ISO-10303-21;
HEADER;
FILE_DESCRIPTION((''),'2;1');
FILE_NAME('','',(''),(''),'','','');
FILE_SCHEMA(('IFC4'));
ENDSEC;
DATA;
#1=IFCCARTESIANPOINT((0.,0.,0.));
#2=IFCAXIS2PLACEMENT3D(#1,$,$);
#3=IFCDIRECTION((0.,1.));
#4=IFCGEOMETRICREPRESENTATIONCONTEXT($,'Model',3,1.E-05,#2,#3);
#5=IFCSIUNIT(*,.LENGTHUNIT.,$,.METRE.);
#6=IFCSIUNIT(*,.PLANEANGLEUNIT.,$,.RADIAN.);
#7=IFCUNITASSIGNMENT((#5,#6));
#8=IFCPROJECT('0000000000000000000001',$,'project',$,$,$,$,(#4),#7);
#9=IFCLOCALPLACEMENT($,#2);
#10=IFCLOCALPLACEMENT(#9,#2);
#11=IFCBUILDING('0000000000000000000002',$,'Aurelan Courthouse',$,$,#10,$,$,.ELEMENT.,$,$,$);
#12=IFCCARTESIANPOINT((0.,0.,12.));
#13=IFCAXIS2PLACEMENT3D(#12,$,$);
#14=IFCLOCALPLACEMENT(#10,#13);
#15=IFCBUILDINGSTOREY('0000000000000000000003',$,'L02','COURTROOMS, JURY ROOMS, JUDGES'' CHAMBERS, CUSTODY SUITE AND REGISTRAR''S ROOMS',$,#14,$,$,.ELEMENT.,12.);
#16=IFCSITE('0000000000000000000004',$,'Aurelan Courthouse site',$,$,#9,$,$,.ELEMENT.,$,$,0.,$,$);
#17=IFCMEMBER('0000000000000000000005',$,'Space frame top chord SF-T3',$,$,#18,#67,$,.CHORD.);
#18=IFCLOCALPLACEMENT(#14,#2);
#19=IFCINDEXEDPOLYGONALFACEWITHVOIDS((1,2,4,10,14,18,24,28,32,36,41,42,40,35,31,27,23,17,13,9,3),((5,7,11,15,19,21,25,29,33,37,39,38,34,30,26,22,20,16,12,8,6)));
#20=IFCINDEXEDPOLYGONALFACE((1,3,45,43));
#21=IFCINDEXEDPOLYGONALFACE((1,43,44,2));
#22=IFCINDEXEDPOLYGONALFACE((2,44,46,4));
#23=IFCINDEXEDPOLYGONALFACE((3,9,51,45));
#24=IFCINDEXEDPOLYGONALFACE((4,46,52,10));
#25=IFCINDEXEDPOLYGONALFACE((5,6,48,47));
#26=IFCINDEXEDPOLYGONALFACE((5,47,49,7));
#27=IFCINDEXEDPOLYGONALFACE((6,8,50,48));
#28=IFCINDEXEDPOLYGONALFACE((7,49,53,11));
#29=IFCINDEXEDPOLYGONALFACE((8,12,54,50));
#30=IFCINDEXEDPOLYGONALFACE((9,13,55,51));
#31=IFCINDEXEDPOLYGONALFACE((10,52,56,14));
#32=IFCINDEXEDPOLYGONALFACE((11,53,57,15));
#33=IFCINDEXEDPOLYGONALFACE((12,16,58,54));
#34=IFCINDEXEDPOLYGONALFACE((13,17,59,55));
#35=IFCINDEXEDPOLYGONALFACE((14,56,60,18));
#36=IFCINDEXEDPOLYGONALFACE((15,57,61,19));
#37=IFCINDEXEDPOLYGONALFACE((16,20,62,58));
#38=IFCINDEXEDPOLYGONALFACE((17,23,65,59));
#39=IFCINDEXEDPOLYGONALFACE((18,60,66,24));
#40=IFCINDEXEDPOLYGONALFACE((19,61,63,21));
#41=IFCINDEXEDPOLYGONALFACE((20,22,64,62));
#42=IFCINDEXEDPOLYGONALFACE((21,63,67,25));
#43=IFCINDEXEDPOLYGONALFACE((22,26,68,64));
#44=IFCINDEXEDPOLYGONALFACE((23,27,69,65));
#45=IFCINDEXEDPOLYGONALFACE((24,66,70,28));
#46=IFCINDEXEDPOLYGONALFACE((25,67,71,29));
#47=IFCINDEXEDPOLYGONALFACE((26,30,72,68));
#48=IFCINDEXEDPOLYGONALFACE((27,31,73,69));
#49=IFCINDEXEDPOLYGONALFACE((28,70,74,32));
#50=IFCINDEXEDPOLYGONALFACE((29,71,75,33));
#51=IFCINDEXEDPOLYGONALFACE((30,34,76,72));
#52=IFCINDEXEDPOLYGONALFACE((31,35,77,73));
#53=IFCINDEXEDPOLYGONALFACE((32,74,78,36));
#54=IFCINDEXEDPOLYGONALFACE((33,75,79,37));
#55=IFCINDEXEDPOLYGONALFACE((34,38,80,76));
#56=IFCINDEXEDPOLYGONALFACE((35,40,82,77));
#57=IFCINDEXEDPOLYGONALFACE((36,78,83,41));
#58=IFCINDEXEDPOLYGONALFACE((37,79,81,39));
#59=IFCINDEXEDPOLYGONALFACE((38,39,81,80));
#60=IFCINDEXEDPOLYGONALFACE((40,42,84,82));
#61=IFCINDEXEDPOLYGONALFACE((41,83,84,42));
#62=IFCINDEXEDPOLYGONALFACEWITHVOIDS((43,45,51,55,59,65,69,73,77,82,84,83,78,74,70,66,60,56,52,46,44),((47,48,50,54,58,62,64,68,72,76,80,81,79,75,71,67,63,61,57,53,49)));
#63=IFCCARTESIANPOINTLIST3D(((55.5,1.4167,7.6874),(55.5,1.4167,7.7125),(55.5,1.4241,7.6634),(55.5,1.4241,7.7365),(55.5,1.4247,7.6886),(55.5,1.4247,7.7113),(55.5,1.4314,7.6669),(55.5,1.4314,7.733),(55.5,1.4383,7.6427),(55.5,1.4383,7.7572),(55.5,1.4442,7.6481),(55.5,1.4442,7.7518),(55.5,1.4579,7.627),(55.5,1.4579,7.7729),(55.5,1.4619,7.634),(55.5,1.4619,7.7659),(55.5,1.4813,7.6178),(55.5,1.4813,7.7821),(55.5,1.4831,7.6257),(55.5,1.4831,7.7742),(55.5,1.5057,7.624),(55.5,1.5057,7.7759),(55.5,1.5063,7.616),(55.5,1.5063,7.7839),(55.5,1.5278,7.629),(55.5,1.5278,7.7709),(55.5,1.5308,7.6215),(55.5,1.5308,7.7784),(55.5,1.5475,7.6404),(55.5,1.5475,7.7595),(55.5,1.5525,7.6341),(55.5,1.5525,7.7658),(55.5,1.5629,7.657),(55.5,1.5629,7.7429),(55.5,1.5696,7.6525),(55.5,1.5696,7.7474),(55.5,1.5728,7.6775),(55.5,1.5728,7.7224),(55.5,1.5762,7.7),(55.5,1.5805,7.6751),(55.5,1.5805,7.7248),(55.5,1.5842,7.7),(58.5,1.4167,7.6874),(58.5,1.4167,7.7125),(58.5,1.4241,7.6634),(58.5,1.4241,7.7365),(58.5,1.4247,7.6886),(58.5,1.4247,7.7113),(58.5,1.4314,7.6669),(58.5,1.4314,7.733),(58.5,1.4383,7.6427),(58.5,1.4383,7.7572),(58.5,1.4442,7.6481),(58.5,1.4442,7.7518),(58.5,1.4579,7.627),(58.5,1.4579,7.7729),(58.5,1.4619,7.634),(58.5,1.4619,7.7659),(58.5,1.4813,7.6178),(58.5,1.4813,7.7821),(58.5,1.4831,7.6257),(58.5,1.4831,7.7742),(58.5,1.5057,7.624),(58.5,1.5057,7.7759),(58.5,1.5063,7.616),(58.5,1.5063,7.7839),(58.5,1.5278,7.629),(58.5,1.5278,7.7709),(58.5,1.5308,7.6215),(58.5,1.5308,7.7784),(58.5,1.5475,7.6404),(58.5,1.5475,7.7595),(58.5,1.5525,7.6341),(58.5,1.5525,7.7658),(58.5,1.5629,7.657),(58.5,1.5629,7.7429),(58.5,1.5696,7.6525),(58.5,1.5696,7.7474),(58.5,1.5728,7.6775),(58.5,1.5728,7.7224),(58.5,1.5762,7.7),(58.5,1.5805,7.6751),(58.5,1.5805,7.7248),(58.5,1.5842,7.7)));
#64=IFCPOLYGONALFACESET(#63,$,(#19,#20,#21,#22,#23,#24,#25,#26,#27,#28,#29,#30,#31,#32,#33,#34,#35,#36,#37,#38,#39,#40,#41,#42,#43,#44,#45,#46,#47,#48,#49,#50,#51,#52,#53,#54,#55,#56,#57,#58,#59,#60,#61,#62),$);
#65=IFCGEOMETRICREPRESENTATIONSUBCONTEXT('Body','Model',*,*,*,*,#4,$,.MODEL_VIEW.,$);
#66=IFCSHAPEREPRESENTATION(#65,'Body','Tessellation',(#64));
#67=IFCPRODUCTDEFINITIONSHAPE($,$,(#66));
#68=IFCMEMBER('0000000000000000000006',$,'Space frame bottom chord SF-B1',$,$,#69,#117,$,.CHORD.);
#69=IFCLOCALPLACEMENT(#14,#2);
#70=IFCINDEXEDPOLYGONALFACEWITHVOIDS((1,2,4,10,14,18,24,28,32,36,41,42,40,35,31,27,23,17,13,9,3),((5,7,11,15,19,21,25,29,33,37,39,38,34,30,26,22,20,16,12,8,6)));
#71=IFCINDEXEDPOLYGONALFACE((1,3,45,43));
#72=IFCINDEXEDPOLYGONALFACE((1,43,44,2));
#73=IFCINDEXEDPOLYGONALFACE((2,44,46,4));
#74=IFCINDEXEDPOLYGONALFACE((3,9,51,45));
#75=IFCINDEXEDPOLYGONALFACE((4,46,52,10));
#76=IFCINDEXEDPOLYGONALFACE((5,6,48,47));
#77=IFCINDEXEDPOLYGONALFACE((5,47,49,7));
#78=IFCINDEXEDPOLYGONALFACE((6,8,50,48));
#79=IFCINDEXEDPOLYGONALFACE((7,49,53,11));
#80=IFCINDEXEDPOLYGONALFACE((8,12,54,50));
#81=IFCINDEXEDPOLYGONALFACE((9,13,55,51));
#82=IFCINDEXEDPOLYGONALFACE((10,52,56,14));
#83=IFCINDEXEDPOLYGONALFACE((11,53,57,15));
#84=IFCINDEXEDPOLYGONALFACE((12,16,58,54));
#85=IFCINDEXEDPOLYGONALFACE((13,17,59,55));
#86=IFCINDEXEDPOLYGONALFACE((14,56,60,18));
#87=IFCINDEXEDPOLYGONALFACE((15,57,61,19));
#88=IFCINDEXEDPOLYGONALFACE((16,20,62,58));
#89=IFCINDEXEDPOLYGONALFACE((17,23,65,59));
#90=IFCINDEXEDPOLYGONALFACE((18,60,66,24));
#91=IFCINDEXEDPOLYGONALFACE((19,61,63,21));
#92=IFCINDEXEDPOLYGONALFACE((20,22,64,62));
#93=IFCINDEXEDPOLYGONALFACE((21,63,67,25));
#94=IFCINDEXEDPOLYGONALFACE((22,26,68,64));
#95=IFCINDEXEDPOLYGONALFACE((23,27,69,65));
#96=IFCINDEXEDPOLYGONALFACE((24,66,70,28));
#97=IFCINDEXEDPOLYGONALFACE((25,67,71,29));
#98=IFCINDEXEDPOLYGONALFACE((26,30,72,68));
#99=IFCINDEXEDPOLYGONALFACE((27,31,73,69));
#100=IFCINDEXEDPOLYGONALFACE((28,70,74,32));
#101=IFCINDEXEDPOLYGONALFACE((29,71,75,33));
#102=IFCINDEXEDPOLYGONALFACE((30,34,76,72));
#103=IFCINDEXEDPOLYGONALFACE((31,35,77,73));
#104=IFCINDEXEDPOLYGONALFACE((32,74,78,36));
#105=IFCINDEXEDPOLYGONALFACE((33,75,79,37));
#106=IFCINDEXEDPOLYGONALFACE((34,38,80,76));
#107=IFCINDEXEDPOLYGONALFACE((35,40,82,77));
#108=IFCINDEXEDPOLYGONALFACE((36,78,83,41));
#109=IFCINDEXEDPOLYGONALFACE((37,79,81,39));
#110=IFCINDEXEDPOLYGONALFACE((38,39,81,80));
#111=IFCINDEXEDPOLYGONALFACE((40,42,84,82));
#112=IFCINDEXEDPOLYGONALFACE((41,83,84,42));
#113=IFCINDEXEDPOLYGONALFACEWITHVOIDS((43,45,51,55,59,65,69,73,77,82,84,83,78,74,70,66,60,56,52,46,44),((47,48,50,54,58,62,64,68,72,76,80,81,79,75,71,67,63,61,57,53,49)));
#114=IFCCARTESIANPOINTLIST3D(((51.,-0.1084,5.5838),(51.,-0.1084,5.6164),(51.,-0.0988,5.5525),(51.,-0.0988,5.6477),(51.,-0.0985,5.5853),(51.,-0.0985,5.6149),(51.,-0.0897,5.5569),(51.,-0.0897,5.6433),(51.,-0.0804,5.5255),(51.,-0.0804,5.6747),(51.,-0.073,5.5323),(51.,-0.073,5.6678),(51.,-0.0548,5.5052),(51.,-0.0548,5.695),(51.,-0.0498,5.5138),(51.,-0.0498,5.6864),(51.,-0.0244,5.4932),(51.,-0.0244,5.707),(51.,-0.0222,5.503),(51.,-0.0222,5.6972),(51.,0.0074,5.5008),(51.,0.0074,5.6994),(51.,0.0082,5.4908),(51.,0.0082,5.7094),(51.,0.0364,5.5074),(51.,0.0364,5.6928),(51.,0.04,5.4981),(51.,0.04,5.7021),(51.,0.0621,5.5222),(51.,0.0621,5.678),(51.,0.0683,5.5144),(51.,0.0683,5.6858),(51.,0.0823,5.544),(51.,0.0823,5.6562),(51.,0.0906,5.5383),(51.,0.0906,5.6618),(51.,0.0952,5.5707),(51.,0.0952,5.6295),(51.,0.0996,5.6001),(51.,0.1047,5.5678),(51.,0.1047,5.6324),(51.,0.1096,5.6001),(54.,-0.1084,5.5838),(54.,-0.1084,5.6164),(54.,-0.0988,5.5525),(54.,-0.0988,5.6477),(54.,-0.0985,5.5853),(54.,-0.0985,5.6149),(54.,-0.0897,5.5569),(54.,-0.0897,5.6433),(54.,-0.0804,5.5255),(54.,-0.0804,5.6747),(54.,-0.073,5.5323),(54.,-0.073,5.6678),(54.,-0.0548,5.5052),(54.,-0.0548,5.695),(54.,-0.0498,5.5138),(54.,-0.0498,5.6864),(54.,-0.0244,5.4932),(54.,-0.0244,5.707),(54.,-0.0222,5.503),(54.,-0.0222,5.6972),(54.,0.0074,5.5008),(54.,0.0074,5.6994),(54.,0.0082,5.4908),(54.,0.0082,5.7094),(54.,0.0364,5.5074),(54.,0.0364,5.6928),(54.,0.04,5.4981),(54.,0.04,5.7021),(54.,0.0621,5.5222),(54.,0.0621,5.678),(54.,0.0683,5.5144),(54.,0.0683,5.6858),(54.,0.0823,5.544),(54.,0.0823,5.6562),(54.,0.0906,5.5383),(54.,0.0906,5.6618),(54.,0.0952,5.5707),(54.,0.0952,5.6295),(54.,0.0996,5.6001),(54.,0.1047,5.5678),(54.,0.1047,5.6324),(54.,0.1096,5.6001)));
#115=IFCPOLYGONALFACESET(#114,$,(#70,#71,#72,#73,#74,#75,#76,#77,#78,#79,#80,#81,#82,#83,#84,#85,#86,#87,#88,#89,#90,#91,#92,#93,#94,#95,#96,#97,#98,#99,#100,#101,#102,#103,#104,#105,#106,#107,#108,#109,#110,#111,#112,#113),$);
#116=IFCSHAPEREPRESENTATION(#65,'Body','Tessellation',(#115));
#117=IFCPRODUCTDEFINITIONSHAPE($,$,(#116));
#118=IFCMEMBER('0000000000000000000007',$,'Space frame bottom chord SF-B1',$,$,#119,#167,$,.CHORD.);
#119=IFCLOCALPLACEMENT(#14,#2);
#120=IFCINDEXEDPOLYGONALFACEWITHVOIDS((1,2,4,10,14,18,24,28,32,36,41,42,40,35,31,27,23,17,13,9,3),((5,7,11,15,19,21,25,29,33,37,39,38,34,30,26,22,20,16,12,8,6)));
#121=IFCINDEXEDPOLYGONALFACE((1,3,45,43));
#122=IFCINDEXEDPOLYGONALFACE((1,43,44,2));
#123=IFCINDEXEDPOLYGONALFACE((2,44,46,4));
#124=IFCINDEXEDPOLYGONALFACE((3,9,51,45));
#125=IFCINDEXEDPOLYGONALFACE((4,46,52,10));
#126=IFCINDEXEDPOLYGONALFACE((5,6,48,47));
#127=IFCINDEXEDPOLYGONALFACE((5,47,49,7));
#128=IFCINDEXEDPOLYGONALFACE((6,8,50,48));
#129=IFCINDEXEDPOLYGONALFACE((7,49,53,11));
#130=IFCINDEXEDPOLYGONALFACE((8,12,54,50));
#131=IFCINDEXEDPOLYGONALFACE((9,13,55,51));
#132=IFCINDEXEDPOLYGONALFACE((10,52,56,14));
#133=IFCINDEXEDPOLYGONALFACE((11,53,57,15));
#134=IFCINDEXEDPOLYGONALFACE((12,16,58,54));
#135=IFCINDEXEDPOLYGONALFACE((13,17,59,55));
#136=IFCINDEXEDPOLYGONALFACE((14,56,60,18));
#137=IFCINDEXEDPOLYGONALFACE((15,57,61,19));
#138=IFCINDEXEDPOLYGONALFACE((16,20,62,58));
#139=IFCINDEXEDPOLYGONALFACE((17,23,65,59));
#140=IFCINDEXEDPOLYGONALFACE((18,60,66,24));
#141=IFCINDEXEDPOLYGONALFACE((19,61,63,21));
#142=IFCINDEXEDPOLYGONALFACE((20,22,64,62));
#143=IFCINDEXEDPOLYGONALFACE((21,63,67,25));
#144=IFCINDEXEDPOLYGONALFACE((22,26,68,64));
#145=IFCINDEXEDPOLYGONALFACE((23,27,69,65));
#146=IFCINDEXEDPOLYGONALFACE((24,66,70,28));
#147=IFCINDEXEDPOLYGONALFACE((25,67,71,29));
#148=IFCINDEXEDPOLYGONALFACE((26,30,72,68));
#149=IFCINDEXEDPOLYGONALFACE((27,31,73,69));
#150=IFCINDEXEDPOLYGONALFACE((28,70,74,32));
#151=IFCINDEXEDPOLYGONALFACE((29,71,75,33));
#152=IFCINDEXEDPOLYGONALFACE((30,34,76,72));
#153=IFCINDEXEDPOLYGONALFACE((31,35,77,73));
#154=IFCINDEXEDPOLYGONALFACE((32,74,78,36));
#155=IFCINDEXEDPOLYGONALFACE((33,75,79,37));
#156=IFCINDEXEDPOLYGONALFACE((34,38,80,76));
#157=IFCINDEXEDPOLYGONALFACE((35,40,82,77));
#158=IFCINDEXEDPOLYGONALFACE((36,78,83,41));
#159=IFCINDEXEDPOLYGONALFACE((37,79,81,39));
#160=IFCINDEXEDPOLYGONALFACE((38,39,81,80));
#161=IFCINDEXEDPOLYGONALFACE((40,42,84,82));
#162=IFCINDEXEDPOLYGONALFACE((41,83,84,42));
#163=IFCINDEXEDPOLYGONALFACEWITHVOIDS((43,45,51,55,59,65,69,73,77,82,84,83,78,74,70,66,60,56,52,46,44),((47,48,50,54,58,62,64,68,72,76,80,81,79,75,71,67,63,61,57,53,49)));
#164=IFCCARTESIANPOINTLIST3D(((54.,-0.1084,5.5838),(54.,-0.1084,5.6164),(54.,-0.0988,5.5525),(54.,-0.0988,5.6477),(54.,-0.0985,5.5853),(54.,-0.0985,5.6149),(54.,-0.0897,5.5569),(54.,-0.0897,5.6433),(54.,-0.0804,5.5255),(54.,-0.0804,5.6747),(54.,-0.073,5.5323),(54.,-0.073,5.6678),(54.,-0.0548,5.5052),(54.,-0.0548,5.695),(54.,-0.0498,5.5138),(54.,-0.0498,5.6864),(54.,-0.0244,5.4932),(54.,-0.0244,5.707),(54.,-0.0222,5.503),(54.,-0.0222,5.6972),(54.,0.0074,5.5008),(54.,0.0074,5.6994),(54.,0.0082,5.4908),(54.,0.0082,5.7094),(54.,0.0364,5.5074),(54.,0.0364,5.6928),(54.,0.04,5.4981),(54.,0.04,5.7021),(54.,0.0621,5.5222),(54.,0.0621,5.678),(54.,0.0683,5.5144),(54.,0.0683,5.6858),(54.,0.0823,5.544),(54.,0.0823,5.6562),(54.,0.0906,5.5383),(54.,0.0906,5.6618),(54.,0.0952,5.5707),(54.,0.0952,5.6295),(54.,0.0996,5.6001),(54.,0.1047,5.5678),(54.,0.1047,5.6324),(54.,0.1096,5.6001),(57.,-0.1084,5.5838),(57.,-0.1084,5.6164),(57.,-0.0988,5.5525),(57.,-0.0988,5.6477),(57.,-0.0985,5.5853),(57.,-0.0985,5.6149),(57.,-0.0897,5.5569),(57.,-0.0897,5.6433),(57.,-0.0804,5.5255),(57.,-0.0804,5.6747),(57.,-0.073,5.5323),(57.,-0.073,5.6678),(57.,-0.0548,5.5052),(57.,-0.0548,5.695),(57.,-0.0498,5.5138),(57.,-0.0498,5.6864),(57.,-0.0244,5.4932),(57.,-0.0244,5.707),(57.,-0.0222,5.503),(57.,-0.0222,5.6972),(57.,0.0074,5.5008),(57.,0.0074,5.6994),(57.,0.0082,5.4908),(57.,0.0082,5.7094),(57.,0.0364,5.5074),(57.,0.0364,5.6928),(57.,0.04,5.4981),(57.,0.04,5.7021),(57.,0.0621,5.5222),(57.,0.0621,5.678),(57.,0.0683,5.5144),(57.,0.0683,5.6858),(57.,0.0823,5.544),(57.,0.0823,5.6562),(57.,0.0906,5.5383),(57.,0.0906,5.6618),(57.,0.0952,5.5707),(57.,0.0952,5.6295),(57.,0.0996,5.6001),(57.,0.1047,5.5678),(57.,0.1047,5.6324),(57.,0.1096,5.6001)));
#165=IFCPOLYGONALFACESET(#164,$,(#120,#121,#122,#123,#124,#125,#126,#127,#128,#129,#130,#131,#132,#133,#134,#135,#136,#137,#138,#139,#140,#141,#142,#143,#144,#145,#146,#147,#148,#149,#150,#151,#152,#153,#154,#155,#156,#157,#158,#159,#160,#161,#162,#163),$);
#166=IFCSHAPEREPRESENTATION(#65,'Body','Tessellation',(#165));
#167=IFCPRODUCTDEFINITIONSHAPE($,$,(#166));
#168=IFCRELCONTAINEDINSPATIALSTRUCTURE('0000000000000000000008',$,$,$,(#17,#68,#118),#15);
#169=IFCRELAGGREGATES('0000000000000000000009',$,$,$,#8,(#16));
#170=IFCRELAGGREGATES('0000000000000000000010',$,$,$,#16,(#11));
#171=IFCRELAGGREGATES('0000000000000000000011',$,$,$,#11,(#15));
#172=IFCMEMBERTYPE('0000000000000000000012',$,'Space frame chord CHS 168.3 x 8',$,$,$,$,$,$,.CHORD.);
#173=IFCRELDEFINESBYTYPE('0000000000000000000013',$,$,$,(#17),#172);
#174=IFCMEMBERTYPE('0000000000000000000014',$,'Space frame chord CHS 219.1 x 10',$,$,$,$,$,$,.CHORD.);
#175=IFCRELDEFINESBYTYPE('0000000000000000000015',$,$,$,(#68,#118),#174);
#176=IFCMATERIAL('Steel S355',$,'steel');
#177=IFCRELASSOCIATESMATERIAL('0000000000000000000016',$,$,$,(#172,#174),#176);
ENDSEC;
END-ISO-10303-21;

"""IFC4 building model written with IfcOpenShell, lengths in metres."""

from ifc_helpers import new_model, si_unit, direction, frame, origin, origin_2d, place, context, subcontext, project, spatial, hollow_circle, extrude, material, material_profile, profile_set, type_object, element, save


model = new_model("IFC4")

# Units and contexts
model_context = context("Model", 3, precision=1e-05, world=origin(), true_north=direction((0.0, 1.0)))
body_context = subcontext(model_context, "Body", "Model", "MODEL_VIEW")
ifc_project = project(units=[si_unit("LENGTHUNIT", "METRE"), si_unit("PLANEANGLEUNIT", "RADIAN")], contexts=[model_context])

# Site, building, storey
site_placement = place(None, origin())
site = spatial("IfcSite", under=ifc_project, at=site_placement, Name="Aurelan Courthouse site", CompositionType="ELEMENT", RefElevation=0.0)
building_placement = place(site_placement, origin())
building = spatial("IfcBuilding", under=site, at=building_placement, Name="Aurelan Courthouse", CompositionType="ELEMENT")
storey_placement = place(building_placement, frame((0.0, 0.0, 12.0)))
storey = spatial("IfcBuildingStorey", under=building, at=storey_placement, Name="L02", Description="COURTROOMS, JURY ROOMS, JUDGES' CHAMBERS, CUSTODY SUITE AND REGISTRAR'S ROOMS", CompositionType="ELEMENT", Elevation=12.0)

# Members
ifc_material_1 = material(Name="Steel S355", Category="steel")
ifc_material_profile_1 = material_profile(ifc_material_1, hollow_circle(Radius=0.0842, WallThickness=0.0081, at=origin_2d()), Name="CHS 168.3 x 8")
ifc_profile_set_1 = profile_set([ifc_material_profile_1], Name="Steel S355")
member_type_1 = type_object("IfcMemberType", Name="Space frame chord CHS 168.3 x 8", PredefinedType="CHORD", material=ifc_profile_set_1)
for number, where, z_axis, x_axis, name in (
    (1, (55.5, 1.5, 7.7), (1.0, 0.0, 0.0), (0.0, 1.0, 0.0), "Space frame top chord SF-T3"),
):
    element("IfcMember", number, at=place(storey_placement, frame(where, z_axis=z_axis, x_axis=x_axis)), inside=storey, type_object=member_type_1, Name=name, PredefinedType="CHORD", context=body_context, shape_type="SweptSolid", body=[
        extrude(hollow_circle(Radius=0.0842, WallThickness=0.0081, at=origin_2d()), origin(), (0.0, 0.0, 1.0), 3.0),
    ])
ifc_material_profile_2 = material_profile(ifc_material_1, hollow_circle(Radius=0.1096, WallThickness=0.01, at=origin_2d()), Name="CHS 219.1 x 10")
ifc_profile_set_2 = profile_set([ifc_material_profile_2], Name="Steel S355")
member_type_2 = type_object("IfcMemberType", Name="Space frame chord CHS 219.1 x 10", PredefinedType="CHORD", material=ifc_profile_set_2)
for number, where, z_axis, x_axis, name in (
    (2, (51.0, 0.0, 5.6001), (1.0, 0.0, 0.0), (0.0, 1.0, 0.0), "Space frame bottom chord SF-B1"),
    (3, (54.0, 0.0, 5.6001), (1.0, 0.0, 0.0), (0.0, 1.0, 0.0), "Space frame bottom chord SF-B1"),
):
    element("IfcMember", number, at=place(storey_placement, frame(where, z_axis=z_axis, x_axis=x_axis)), inside=storey, type_object=member_type_2, Name=name, PredefinedType="CHORD", context=body_context, shape_type="SweptSolid", body=[
        extrude(hollow_circle(Radius=0.1096, WallThickness=0.01, at=origin_2d()), origin(), (0.0, 0.0, 1.0), 3.0),
    ])

save(model, "model.ifc")
